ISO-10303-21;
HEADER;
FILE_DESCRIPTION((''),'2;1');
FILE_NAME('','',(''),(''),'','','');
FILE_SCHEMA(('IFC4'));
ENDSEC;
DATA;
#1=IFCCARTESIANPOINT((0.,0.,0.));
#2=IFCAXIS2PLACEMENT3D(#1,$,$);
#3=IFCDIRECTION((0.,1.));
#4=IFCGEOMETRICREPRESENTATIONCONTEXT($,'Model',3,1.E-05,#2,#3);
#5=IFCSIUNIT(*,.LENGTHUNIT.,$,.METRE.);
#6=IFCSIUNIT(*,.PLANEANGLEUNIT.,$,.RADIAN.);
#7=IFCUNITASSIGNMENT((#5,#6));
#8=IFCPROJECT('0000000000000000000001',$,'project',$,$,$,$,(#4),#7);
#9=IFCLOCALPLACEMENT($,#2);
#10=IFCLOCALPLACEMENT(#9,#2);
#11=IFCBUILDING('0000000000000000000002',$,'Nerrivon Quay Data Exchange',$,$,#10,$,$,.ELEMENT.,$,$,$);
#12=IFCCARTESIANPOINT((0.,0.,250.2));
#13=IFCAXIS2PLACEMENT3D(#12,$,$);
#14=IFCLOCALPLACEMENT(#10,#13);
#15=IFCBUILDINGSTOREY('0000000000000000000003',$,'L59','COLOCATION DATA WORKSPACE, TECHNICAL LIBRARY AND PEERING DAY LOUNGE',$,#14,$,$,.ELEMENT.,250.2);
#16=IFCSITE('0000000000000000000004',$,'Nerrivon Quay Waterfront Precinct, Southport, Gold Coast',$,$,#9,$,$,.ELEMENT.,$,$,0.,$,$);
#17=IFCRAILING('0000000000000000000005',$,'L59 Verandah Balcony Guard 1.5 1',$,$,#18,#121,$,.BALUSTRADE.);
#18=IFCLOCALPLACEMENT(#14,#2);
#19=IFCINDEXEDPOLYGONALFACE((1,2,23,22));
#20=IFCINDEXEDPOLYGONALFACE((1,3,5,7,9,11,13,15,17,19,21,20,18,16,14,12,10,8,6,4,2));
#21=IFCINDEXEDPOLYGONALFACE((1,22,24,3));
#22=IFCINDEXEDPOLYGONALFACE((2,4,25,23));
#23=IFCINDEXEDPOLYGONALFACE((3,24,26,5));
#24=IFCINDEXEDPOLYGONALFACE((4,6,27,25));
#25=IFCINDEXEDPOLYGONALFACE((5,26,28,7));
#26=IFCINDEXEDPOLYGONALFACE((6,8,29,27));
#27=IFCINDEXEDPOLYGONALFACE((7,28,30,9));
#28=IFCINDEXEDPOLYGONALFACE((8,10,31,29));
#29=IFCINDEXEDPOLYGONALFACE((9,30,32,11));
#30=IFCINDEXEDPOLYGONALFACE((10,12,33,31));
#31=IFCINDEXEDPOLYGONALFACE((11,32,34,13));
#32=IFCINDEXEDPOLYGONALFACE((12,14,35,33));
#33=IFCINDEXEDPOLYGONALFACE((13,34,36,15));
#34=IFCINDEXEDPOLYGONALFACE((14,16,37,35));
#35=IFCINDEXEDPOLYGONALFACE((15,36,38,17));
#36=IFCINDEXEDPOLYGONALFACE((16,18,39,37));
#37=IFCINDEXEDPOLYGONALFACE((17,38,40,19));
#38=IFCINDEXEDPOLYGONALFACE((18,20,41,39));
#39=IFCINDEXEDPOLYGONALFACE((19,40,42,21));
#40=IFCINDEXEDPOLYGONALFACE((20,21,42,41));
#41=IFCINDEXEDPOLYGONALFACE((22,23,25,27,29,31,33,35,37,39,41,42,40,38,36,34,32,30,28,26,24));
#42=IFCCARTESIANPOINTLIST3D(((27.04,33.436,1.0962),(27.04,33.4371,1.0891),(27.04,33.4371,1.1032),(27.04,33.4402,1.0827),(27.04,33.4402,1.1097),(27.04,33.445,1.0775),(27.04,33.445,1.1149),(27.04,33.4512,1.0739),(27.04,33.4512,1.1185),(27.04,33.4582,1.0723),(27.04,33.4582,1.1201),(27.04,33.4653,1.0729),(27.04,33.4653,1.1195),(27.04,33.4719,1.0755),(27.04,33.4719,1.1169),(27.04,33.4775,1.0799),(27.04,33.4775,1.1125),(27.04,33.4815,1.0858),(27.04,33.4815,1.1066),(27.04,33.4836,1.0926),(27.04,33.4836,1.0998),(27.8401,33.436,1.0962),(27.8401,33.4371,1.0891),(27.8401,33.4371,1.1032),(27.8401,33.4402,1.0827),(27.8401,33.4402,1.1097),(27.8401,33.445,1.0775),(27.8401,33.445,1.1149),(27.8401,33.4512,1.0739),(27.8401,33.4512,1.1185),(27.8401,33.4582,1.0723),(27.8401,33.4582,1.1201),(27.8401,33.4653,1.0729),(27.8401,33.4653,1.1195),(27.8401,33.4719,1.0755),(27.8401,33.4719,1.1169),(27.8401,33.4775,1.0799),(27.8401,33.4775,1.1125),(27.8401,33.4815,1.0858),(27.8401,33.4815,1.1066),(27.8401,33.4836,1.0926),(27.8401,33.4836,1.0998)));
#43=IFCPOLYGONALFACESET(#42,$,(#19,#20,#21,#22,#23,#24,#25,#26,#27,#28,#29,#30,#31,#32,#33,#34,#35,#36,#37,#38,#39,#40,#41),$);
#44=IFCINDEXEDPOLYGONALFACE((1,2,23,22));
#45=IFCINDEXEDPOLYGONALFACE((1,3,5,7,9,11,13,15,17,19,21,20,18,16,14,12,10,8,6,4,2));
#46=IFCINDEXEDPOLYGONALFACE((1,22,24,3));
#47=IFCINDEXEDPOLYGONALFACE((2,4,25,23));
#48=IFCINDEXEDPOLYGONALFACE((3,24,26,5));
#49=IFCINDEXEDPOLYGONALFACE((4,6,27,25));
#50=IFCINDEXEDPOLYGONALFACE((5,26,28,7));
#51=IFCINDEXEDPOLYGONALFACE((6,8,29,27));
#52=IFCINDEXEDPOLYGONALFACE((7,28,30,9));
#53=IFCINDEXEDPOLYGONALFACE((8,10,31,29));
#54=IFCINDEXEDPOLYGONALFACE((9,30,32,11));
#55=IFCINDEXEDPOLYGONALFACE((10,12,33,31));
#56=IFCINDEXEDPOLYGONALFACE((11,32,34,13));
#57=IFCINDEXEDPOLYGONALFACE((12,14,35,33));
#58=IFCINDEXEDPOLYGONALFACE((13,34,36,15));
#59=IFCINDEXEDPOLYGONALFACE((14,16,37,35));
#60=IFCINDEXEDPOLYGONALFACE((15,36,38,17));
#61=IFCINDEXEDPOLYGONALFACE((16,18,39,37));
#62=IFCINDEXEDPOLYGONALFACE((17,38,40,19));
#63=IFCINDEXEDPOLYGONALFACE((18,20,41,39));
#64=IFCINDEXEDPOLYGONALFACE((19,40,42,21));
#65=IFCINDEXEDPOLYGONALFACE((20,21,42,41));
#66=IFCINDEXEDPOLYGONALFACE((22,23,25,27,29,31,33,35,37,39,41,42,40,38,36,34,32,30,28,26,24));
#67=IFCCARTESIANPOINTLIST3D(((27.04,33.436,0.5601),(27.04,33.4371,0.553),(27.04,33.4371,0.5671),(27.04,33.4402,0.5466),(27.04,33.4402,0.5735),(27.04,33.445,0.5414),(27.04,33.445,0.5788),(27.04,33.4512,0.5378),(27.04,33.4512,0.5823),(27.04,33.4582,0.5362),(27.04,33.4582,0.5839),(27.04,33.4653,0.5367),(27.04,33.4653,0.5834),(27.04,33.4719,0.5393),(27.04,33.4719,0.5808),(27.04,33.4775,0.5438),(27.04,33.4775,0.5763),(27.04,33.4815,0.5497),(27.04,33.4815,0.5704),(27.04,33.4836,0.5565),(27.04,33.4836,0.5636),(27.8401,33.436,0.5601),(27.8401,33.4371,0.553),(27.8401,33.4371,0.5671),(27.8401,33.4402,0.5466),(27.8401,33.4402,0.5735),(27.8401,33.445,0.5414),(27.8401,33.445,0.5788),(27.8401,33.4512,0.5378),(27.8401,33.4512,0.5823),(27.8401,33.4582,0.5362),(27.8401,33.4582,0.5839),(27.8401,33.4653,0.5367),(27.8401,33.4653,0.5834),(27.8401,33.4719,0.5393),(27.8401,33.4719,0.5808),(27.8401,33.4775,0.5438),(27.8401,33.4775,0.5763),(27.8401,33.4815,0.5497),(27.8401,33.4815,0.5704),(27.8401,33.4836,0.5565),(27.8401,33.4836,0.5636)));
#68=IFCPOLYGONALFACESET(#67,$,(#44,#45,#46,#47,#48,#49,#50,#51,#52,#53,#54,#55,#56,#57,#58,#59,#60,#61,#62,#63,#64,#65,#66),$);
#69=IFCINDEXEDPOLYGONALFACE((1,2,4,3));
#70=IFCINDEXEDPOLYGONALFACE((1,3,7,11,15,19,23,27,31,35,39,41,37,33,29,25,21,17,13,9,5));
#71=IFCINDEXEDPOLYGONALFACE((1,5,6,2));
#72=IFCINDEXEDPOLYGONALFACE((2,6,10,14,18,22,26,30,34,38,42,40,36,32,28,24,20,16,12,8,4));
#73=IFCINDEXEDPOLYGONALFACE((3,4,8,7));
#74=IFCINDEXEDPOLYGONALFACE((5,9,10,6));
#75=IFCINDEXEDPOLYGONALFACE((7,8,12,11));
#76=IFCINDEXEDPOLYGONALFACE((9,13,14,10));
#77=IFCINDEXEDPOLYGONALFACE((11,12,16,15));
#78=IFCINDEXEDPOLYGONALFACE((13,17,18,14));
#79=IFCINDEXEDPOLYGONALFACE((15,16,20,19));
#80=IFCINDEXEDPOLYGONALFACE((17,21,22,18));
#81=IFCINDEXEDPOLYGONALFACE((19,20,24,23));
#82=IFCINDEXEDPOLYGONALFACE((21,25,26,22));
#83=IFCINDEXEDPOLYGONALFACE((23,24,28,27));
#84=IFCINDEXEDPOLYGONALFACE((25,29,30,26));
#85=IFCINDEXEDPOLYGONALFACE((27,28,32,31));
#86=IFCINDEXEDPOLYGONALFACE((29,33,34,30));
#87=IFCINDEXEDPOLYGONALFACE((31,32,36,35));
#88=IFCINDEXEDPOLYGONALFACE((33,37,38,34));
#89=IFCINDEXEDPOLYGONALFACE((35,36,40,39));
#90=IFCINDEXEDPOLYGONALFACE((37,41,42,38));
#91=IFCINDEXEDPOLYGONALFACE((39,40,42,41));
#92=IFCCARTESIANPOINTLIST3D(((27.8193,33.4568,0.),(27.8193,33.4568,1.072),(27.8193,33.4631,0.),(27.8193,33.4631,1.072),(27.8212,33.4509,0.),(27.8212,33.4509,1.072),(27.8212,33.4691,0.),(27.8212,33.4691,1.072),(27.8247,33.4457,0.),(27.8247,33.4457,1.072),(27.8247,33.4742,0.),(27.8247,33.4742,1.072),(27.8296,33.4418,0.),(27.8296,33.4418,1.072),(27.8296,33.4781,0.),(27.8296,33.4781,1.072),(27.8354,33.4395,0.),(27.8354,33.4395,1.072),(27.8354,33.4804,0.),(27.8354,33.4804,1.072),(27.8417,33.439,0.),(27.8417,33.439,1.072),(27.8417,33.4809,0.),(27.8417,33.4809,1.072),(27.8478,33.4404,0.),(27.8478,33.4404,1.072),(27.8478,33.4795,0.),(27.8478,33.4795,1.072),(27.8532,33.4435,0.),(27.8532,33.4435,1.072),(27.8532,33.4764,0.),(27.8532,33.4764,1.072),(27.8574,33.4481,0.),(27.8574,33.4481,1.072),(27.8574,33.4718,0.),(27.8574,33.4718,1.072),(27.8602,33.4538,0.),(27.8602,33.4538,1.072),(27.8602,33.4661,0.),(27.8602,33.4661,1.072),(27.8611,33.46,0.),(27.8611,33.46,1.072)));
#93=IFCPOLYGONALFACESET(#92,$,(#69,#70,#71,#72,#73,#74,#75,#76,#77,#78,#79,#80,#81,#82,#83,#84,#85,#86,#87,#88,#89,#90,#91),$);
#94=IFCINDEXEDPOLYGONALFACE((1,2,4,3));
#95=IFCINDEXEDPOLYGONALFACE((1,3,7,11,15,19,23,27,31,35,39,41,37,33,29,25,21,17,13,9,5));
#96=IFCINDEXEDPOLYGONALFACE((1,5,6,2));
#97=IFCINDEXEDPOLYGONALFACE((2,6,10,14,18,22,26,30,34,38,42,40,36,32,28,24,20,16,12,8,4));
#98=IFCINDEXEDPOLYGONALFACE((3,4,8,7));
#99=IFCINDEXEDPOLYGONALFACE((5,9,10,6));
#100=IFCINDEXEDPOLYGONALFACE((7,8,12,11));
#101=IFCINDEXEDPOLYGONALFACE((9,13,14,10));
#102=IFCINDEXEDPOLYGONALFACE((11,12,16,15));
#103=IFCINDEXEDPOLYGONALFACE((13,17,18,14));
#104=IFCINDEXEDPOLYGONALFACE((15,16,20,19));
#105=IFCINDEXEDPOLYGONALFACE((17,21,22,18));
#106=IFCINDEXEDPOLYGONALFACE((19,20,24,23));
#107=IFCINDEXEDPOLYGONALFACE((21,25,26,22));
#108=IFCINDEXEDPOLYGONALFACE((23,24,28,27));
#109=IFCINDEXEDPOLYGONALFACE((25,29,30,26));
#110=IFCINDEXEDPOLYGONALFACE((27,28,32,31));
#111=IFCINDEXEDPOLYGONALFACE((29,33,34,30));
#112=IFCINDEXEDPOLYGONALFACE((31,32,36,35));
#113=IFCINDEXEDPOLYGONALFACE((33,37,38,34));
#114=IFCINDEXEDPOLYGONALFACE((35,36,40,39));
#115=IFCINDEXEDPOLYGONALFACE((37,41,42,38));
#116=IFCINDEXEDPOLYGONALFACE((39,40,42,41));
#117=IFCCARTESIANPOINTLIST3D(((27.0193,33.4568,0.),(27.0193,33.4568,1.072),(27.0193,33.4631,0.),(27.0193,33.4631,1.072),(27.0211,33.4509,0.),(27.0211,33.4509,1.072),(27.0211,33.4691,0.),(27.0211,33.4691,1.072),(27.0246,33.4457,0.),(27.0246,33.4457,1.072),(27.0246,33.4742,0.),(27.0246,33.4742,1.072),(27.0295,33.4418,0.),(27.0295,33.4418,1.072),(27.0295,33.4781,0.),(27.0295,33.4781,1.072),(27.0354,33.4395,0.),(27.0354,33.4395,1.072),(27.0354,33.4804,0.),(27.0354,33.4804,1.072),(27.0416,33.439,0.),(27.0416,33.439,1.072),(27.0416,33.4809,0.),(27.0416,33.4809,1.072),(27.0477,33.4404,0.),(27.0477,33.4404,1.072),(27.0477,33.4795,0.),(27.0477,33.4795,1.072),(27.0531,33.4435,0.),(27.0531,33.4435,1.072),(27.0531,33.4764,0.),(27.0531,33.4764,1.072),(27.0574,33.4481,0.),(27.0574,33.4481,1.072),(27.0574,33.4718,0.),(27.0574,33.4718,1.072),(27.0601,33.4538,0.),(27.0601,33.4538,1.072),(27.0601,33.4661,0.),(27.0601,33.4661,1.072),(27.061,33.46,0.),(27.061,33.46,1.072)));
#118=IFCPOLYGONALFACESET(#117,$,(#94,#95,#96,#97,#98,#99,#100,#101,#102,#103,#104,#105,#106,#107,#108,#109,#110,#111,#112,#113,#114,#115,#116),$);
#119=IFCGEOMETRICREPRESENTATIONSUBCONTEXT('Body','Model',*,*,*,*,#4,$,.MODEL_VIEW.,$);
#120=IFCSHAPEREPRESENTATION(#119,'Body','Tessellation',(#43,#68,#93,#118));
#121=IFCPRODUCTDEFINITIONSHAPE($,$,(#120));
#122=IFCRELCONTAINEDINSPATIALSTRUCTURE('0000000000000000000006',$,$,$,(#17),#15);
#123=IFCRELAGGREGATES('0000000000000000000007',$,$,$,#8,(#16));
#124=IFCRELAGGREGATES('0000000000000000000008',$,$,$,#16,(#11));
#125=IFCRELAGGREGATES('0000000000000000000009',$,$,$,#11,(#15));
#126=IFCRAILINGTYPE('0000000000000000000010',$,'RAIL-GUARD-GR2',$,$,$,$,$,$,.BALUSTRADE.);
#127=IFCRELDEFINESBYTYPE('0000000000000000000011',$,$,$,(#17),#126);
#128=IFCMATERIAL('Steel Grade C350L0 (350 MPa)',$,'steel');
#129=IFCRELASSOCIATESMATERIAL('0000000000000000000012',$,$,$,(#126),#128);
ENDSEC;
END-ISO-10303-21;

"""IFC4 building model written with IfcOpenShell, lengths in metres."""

from ifc_helpers import new_model, si_unit, direction, frame, origin, origin_2d, place, context, subcontext, project, spatial, circle, extrude, material, type_object, element, save


model = new_model("IFC4")

# Units and contexts
model_context = context("Model", 3, precision=1e-05, world=origin(), true_north=direction((0.0, 1.0)))
body_context = subcontext(model_context, "Body", "Model", "MODEL_VIEW")
ifc_project = project(units=[si_unit("LENGTHUNIT", "METRE"), si_unit("PLANEANGLEUNIT", "RADIAN")], contexts=[model_context])

# Site, building, storey
site_placement = place(None, origin())
site = spatial("IfcSite", under=ifc_project, at=site_placement, Name="Nerrivon Quay Waterfront Precinct, Southport, Gold Coast", CompositionType="ELEMENT", RefElevation=0.0)
building_placement = place(site_placement, origin())
building = spatial("IfcBuilding", under=site, at=building_placement, Name="Nerrivon Quay Data Exchange", CompositionType="ELEMENT")
storey_placement = place(building_placement, frame((0.0, 0.0, 250.2)))
storey = spatial("IfcBuildingStorey", under=building, at=storey_placement, Name="L59", Description="COLOCATION DATA WORKSPACE, TECHNICAL LIBRARY AND PEERING DAY LOUNGE", CompositionType="ELEMENT", Elevation=250.2)

# Shared definitions
ifc_material_1 = material(Name="Steel Grade C350L0 (350 MPa)", Category="steel")

# Railing
railing_type = type_object("IfcRailingType", Name="RAIL-GUARD-GR2", PredefinedType="BALUSTRADE", material=ifc_material_1)
railing_1_placement = place(storey_placement, frame((27.8401, 33.46, 0.0)))
element("IfcRailing", 1, at=railing_1_placement, inside=storey, type_object=railing_type, Name="L59 Verandah Balcony Guard 1.5 1", PredefinedType="BALUSTRADE", context=body_context, shape_type="SweptSolid", body=[
    extrude(circle(Radius=0.0239, at=origin_2d()), frame((0.0, 0.0, 1.0962), z_axis=(-1.0, 0.0, 0.0), x_axis=(0.0, -1.0, 0.0)), (0.0, 0.0, 1.0), 0.8),
    extrude(circle(Radius=0.0239, at=origin_2d()), frame((0.0, 0.0, 0.5601), z_axis=(-1.0, 0.0, 0.0), x_axis=(0.0, -1.0, 0.0)), (0.0, 0.0, 1.0), 0.8),
    extrude(circle(Radius=0.021, at=origin_2d()), origin(), (0.0, 0.0, 1.0), 1.072),
    extrude(circle(Radius=0.021, at=origin_2d()), frame((-0.8, 0.0, 0.0)), (0.0, 0.0, 1.0), 1.072),
])

save(model, "model.ifc")
